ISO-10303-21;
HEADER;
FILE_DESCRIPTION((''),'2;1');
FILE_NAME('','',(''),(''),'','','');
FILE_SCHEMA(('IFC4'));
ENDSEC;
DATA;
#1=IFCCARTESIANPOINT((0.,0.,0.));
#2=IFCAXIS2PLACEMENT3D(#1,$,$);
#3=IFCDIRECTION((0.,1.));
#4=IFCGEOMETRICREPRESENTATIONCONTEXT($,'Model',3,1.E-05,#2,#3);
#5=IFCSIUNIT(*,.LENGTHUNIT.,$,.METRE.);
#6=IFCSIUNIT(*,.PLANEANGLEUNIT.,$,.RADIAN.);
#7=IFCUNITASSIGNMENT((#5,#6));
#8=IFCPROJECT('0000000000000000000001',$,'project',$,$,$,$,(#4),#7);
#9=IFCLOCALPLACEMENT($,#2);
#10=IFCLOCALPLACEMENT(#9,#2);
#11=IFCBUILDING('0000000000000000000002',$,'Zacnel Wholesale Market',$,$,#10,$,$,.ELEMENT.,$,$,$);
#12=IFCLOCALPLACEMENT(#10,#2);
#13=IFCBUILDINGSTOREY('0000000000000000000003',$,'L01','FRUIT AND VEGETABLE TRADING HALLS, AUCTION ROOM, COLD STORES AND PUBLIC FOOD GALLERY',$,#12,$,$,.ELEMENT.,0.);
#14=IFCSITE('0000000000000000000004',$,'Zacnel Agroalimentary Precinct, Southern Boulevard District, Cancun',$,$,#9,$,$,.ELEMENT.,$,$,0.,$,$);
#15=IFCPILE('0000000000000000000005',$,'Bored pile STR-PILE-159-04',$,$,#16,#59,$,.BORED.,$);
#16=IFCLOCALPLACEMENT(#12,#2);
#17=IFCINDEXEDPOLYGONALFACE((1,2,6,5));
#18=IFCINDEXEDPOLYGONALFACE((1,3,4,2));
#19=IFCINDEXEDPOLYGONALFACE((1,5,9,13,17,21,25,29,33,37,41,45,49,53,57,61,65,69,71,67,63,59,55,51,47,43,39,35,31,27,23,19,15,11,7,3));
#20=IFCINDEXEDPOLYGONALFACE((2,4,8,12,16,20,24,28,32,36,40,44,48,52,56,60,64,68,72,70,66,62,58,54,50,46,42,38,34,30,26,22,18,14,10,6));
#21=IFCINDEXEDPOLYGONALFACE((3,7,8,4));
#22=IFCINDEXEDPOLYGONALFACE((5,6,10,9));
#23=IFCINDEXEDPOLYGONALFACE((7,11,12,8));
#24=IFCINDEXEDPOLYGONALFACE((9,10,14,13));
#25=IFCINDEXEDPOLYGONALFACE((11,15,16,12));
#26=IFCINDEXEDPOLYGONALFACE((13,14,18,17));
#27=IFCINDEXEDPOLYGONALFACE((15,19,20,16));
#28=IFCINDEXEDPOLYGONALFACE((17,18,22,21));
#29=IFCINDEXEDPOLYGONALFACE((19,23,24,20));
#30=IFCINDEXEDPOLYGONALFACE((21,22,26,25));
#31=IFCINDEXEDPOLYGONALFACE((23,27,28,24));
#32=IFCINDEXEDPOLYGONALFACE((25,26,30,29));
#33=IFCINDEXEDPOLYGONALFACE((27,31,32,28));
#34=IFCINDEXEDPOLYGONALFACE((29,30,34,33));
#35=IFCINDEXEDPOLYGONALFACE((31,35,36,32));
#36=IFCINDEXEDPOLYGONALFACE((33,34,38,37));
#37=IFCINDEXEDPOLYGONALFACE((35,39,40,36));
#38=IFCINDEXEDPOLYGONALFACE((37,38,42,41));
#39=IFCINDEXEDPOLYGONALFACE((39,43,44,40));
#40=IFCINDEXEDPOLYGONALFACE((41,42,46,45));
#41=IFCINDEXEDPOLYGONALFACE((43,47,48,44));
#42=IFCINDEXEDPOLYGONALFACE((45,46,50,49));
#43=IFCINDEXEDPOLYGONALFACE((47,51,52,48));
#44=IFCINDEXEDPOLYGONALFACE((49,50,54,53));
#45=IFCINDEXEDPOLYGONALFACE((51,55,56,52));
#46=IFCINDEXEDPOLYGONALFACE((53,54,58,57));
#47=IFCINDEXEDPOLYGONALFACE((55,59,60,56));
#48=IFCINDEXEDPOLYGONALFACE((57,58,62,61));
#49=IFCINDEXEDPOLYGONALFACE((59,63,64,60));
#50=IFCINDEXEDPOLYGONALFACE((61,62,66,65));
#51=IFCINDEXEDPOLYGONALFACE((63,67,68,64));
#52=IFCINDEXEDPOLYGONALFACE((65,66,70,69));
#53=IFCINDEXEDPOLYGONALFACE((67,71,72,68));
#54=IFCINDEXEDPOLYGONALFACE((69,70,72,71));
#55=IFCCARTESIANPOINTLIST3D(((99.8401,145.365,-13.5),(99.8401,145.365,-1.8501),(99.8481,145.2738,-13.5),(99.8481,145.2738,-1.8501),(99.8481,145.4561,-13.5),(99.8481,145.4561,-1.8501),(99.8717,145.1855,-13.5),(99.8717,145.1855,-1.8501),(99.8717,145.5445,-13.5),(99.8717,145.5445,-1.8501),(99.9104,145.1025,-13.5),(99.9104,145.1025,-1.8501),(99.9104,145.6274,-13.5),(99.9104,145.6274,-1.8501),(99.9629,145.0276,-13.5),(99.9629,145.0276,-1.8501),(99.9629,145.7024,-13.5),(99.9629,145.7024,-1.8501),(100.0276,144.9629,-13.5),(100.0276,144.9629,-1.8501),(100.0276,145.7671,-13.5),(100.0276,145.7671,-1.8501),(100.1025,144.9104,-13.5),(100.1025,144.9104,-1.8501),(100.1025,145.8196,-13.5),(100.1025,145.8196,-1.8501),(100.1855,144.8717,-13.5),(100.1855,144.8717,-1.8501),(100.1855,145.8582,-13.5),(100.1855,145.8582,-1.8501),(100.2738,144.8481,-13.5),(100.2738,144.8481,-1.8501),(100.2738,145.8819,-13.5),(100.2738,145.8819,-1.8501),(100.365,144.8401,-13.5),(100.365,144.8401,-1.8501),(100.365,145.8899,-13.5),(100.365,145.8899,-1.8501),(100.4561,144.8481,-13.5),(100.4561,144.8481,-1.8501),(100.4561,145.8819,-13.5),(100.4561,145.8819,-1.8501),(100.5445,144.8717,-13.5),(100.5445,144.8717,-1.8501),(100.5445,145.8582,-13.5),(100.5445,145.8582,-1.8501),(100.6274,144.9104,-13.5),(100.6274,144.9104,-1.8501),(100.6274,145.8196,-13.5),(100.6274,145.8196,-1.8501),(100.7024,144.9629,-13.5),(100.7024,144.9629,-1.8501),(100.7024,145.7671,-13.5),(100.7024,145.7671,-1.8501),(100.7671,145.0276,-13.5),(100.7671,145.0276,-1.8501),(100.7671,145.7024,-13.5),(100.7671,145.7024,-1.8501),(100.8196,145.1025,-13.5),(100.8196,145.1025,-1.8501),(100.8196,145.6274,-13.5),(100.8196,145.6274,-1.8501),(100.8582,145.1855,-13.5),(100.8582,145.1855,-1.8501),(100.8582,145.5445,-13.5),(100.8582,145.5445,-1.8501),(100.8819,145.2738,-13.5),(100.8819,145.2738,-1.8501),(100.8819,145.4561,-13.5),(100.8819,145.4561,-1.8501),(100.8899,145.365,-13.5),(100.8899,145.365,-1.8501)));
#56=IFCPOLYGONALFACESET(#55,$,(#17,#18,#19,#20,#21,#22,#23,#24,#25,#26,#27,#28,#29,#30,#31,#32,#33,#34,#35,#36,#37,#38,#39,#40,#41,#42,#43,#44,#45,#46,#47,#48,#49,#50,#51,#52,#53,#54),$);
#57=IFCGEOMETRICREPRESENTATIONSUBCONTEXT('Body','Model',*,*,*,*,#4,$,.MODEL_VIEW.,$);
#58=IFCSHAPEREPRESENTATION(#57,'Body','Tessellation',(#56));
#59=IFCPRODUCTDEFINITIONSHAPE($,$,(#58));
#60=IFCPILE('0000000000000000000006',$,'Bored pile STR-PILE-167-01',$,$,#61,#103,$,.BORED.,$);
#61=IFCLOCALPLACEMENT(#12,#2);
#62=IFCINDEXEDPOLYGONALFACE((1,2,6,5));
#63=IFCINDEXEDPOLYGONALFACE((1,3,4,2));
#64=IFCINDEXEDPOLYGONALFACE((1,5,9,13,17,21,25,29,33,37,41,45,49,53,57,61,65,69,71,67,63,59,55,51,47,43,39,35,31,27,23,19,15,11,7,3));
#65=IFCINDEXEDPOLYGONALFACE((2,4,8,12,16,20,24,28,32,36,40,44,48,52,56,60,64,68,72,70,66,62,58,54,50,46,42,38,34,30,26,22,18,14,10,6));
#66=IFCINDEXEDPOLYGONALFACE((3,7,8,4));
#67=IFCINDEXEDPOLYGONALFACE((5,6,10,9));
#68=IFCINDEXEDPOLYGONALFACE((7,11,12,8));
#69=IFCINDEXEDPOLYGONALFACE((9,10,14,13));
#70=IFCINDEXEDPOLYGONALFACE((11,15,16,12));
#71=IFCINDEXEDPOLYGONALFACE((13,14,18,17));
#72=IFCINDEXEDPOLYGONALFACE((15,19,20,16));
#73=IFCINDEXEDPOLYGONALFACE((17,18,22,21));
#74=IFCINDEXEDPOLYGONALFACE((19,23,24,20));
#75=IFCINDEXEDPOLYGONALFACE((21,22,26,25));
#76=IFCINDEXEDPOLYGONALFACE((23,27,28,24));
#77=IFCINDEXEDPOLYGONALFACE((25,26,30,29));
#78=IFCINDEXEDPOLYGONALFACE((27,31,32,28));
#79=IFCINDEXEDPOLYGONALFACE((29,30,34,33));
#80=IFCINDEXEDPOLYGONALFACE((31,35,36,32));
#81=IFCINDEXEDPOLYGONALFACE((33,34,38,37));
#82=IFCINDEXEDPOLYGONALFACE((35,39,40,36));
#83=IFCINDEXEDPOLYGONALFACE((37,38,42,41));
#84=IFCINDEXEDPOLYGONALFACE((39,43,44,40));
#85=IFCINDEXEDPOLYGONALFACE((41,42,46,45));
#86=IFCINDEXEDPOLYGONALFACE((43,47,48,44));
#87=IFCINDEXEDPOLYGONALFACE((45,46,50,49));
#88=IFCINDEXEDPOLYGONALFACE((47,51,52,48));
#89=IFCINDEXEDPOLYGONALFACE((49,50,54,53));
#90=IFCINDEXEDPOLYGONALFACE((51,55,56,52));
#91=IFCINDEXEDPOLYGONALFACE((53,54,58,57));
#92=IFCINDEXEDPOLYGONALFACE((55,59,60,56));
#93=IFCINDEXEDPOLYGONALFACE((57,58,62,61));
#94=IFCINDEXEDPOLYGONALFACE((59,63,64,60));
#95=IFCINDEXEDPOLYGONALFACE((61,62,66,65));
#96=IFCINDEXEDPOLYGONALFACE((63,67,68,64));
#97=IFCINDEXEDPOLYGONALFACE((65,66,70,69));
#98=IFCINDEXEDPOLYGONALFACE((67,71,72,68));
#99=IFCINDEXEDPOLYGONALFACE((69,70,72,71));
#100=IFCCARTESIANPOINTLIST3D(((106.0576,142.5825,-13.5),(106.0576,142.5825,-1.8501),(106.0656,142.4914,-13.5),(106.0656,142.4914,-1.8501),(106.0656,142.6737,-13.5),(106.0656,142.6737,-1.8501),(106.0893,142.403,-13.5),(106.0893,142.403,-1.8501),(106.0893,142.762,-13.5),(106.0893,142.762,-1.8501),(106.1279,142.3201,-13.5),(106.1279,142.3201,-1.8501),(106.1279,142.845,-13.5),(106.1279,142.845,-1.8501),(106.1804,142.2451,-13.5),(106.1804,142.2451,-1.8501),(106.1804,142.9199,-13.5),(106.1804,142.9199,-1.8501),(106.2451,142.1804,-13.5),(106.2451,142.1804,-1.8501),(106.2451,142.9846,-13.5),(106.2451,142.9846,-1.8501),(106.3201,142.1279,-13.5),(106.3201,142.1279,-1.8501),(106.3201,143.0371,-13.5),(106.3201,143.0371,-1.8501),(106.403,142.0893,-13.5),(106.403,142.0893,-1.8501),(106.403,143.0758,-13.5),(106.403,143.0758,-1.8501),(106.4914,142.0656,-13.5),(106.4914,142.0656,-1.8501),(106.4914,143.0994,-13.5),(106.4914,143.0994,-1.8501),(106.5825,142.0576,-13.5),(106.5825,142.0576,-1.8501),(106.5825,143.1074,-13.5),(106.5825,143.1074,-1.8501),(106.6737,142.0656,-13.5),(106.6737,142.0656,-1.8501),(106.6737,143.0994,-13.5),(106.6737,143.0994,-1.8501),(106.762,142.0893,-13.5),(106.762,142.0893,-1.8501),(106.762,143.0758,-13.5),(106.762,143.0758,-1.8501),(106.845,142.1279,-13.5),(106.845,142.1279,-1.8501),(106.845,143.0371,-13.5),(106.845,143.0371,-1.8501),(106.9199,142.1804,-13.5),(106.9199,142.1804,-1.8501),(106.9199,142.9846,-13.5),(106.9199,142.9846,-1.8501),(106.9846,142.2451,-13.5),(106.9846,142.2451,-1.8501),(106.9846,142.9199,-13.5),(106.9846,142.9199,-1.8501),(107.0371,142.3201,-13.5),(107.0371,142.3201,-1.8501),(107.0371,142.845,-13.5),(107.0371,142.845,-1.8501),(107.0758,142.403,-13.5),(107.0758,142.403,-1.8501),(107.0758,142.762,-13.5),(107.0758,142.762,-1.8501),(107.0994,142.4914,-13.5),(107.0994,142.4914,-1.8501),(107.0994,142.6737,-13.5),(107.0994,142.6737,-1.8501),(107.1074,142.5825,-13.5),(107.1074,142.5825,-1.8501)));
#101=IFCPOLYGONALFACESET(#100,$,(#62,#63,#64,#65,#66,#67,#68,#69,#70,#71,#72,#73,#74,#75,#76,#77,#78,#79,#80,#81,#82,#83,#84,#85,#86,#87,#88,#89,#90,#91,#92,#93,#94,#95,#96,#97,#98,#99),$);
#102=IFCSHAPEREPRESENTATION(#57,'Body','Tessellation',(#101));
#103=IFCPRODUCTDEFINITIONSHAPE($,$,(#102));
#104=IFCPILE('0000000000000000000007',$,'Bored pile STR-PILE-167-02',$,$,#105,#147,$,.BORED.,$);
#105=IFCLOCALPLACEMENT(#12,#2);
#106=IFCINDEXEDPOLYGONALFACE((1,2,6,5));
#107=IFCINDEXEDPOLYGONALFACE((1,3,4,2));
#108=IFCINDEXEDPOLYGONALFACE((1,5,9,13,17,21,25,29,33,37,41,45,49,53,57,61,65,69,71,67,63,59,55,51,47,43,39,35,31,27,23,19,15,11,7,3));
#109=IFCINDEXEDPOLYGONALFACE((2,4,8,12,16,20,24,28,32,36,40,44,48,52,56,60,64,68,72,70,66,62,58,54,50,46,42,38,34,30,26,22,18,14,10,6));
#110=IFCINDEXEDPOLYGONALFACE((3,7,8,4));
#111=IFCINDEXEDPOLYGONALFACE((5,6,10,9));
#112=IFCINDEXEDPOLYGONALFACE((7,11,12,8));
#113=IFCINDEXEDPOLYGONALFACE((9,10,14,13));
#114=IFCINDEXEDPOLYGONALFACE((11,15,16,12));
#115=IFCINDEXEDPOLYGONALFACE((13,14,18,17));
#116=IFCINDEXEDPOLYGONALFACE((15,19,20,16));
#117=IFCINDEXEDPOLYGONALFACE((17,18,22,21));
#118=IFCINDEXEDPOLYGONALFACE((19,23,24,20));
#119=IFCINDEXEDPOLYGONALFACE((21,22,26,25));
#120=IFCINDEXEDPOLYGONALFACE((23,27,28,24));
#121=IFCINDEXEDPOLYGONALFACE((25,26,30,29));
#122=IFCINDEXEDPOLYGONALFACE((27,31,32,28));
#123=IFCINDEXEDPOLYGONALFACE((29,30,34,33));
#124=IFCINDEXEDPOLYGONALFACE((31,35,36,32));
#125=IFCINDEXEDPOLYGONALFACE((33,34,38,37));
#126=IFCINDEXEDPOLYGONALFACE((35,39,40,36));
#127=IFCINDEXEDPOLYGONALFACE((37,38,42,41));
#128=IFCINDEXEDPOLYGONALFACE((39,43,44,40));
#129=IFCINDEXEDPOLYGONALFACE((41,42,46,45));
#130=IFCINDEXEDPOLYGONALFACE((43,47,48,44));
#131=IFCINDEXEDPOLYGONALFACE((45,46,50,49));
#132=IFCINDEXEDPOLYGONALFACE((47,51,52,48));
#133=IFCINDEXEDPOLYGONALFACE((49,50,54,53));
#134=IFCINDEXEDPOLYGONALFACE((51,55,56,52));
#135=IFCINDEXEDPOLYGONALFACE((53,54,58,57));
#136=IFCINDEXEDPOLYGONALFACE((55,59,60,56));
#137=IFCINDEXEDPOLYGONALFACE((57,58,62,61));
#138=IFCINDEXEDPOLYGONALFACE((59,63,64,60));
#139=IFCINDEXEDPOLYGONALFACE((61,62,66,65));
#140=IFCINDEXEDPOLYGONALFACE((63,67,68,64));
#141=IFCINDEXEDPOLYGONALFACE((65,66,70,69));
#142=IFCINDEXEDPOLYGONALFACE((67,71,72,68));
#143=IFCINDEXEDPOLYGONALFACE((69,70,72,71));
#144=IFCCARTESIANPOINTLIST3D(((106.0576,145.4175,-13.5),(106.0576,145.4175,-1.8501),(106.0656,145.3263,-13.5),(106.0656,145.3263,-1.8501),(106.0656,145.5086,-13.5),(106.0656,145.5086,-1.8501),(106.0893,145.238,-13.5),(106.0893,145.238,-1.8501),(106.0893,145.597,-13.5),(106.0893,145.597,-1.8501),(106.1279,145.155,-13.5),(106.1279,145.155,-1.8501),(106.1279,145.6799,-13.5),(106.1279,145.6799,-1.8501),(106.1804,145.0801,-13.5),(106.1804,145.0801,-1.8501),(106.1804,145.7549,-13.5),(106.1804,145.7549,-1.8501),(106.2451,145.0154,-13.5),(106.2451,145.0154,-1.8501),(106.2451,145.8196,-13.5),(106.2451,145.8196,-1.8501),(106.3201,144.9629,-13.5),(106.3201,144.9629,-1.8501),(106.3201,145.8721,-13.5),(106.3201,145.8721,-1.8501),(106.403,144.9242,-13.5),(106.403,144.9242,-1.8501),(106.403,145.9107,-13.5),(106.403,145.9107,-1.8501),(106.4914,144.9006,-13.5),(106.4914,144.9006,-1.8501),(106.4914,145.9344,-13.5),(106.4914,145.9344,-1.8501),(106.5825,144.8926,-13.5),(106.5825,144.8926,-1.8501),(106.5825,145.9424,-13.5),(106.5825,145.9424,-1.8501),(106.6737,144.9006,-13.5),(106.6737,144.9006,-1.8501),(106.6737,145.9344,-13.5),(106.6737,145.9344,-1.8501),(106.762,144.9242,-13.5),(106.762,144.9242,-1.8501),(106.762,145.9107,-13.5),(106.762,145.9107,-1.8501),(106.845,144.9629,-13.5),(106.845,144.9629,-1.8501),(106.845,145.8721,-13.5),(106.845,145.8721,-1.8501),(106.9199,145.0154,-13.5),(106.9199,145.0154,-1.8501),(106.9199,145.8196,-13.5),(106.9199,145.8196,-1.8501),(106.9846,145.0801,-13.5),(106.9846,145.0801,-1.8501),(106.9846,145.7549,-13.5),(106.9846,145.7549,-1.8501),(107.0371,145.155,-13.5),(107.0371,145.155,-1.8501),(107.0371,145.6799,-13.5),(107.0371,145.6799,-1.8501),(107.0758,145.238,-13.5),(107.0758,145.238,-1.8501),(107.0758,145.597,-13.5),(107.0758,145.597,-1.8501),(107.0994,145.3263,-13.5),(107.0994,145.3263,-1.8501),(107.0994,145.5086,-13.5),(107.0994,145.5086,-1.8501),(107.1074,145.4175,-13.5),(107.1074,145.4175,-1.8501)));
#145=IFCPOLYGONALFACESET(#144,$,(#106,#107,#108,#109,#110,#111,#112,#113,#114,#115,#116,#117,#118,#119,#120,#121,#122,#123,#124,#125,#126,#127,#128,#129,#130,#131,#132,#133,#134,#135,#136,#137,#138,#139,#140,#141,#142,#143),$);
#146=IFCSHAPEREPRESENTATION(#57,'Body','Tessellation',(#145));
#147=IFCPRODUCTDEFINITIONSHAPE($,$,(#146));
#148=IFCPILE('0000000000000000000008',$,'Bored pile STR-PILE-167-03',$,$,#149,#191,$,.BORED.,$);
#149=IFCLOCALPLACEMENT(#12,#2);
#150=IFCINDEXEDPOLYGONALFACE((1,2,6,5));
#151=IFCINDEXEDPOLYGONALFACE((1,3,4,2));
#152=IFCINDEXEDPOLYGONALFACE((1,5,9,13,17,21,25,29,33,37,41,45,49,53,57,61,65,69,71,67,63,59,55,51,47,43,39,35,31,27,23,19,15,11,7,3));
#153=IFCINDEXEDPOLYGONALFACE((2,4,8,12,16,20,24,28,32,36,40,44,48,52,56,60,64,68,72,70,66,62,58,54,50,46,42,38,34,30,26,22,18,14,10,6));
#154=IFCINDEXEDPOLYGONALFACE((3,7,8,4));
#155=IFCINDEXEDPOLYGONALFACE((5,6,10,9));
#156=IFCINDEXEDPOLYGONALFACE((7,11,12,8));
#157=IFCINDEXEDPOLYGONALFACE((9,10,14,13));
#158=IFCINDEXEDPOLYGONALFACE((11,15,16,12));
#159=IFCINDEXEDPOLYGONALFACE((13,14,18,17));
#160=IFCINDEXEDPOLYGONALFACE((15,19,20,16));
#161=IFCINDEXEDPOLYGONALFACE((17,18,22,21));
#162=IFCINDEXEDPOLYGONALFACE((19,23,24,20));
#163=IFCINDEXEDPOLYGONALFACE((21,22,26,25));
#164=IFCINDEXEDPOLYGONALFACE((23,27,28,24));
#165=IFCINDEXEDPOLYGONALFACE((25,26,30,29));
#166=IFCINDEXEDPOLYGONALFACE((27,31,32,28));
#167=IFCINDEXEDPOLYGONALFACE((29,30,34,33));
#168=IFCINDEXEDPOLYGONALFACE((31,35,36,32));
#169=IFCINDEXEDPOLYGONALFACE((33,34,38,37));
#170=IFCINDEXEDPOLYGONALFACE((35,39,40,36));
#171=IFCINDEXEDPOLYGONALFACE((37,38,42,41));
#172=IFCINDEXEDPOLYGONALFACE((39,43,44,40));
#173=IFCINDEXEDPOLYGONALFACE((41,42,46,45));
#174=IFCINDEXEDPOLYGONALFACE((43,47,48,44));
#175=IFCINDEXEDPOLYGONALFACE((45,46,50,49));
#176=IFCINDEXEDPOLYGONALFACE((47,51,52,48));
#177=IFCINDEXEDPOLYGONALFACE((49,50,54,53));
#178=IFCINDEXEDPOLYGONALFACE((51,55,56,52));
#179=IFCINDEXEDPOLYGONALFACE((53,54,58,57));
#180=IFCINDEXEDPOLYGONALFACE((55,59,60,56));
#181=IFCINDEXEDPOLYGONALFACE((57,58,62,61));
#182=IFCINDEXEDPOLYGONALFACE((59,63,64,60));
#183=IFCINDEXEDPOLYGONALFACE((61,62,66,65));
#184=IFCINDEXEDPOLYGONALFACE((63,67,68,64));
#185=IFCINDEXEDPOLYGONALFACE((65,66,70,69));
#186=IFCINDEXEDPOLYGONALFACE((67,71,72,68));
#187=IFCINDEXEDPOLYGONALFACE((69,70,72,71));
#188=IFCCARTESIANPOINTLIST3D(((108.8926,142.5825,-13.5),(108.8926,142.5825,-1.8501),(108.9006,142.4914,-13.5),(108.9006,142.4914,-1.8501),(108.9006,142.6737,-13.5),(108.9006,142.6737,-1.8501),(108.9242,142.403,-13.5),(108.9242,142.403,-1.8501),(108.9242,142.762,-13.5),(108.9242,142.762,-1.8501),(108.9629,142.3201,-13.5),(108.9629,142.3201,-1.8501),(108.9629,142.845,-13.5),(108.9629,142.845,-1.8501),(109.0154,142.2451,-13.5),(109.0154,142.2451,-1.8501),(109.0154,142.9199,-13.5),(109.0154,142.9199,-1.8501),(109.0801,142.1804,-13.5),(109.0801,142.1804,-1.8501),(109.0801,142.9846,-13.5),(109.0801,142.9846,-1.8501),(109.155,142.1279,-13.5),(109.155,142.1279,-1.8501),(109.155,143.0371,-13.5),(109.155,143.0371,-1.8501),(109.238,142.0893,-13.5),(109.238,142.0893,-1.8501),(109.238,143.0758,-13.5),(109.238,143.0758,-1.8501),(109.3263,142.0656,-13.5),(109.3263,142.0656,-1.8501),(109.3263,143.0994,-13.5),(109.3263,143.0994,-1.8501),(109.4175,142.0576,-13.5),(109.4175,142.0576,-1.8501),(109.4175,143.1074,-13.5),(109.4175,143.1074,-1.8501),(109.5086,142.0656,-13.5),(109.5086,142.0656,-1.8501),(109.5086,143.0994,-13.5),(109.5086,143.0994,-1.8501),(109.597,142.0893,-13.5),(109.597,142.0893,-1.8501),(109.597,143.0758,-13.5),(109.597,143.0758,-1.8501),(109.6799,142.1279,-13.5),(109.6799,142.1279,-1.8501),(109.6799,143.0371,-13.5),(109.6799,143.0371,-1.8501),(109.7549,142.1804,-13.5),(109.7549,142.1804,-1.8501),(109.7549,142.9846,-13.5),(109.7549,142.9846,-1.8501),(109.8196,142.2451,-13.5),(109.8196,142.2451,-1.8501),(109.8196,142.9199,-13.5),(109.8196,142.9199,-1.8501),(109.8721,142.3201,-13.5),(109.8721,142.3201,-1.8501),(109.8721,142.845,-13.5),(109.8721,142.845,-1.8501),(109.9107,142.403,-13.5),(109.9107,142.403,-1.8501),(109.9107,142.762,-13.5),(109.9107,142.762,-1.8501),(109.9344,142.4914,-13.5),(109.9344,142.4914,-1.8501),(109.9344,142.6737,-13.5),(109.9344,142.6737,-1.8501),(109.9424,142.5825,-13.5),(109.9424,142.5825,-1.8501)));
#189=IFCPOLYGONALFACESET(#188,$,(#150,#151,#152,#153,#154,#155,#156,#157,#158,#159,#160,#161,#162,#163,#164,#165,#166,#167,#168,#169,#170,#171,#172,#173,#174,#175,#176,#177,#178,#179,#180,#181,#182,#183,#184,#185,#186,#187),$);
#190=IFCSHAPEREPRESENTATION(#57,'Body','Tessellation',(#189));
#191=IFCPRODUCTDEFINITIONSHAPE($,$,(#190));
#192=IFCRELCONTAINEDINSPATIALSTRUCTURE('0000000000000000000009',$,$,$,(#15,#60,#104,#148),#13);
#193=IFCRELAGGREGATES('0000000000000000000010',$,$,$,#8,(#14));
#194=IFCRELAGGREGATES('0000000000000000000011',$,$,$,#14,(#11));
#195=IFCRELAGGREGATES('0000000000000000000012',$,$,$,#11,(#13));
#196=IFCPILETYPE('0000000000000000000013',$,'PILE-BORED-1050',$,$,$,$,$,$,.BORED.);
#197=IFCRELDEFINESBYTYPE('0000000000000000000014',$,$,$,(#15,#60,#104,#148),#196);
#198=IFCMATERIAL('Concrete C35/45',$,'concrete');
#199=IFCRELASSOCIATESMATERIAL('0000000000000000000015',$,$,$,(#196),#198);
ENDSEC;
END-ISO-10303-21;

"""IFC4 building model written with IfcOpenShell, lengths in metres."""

from ifc_helpers import new_model, si_unit, direction, frame, origin, origin_2d, place, context, subcontext, project, spatial, circle, extrude, material, material_profile, profile_set, type_object, element, save


model = new_model("IFC4")

# Units and contexts
model_context = context("Model", 3, precision=1e-05, world=origin(), true_north=direction((0.0, 1.0)))
body_context = subcontext(model_context, "Body", "Model", "MODEL_VIEW")
ifc_project = project(units=[si_unit("LENGTHUNIT", "METRE"), si_unit("PLANEANGLEUNIT", "RADIAN")], contexts=[model_context])

# Site, building, storey
site_placement = place(None, origin())
site = spatial("IfcSite", under=ifc_project, at=site_placement, Name="Zacnel Agroalimentary Precinct, Southern Boulevard District, Cancun", CompositionType="ELEMENT", RefElevation=0.0)
building_placement = place(site_placement, origin())
building = spatial("IfcBuilding", under=site, at=building_placement, Name="Zacnel Wholesale Market", CompositionType="ELEMENT")
storey_placement = place(building_placement, origin())
storey = spatial("IfcBuildingStorey", under=building, at=storey_placement, Name="L01", Description="FRUIT AND VEGETABLE TRADING HALLS, AUCTION ROOM, COLD STORES AND PUBLIC FOOD GALLERY", CompositionType="ELEMENT", Elevation=0.0)

# Piles
ifc_material_1 = material(Name="Concrete C35/45", Category="concrete")
ifc_material_profile_1 = material_profile(ifc_material_1, circle(Radius=0.5249, at=origin_2d()), Name="BORED PILE D1050")
ifc_profile_set_1 = profile_set([ifc_material_profile_1], Name="Concrete C35/45")
pile_type = type_object("IfcPileType", Name="PILE-BORED-1050", PredefinedType="BORED", material=ifc_profile_set_1)
for number, where, z_axis, x_axis, name in (
    (1, (100.365, 145.365, -1.8501), (0.0, 0.0, -1.0), (1.0, 0.0, 0.0), "Bored pile STR-PILE-159-04"),
    (2, (106.5825, 142.5825, -1.8501), (0.0, 0.0, -1.0), (1.0, 0.0, 0.0), "Bored pile STR-PILE-167-01"),
    (3, (106.5825, 145.4175, -1.8501), (0.0, 0.0, -1.0), (1.0, 0.0, 0.0), "Bored pile STR-PILE-167-02"),
    (4, (109.4175, 142.5825, -1.8501), (0.0, 0.0, -1.0), (1.0, 0.0, 0.0), "Bored pile STR-PILE-167-03"),
):
    element("IfcPile", number, at=place(storey_placement, frame(where, z_axis=z_axis, x_axis=x_axis)), inside=storey, type_object=pile_type, Name=name, PredefinedType="BORED", context=body_context, shape_type="SweptSolid", body=[
        extrude(circle(Radius=0.5249, at=origin_2d()), origin(), (0.0, 0.0, 1.0), 11.6499),
    ])

save(model, "model.ifc")
